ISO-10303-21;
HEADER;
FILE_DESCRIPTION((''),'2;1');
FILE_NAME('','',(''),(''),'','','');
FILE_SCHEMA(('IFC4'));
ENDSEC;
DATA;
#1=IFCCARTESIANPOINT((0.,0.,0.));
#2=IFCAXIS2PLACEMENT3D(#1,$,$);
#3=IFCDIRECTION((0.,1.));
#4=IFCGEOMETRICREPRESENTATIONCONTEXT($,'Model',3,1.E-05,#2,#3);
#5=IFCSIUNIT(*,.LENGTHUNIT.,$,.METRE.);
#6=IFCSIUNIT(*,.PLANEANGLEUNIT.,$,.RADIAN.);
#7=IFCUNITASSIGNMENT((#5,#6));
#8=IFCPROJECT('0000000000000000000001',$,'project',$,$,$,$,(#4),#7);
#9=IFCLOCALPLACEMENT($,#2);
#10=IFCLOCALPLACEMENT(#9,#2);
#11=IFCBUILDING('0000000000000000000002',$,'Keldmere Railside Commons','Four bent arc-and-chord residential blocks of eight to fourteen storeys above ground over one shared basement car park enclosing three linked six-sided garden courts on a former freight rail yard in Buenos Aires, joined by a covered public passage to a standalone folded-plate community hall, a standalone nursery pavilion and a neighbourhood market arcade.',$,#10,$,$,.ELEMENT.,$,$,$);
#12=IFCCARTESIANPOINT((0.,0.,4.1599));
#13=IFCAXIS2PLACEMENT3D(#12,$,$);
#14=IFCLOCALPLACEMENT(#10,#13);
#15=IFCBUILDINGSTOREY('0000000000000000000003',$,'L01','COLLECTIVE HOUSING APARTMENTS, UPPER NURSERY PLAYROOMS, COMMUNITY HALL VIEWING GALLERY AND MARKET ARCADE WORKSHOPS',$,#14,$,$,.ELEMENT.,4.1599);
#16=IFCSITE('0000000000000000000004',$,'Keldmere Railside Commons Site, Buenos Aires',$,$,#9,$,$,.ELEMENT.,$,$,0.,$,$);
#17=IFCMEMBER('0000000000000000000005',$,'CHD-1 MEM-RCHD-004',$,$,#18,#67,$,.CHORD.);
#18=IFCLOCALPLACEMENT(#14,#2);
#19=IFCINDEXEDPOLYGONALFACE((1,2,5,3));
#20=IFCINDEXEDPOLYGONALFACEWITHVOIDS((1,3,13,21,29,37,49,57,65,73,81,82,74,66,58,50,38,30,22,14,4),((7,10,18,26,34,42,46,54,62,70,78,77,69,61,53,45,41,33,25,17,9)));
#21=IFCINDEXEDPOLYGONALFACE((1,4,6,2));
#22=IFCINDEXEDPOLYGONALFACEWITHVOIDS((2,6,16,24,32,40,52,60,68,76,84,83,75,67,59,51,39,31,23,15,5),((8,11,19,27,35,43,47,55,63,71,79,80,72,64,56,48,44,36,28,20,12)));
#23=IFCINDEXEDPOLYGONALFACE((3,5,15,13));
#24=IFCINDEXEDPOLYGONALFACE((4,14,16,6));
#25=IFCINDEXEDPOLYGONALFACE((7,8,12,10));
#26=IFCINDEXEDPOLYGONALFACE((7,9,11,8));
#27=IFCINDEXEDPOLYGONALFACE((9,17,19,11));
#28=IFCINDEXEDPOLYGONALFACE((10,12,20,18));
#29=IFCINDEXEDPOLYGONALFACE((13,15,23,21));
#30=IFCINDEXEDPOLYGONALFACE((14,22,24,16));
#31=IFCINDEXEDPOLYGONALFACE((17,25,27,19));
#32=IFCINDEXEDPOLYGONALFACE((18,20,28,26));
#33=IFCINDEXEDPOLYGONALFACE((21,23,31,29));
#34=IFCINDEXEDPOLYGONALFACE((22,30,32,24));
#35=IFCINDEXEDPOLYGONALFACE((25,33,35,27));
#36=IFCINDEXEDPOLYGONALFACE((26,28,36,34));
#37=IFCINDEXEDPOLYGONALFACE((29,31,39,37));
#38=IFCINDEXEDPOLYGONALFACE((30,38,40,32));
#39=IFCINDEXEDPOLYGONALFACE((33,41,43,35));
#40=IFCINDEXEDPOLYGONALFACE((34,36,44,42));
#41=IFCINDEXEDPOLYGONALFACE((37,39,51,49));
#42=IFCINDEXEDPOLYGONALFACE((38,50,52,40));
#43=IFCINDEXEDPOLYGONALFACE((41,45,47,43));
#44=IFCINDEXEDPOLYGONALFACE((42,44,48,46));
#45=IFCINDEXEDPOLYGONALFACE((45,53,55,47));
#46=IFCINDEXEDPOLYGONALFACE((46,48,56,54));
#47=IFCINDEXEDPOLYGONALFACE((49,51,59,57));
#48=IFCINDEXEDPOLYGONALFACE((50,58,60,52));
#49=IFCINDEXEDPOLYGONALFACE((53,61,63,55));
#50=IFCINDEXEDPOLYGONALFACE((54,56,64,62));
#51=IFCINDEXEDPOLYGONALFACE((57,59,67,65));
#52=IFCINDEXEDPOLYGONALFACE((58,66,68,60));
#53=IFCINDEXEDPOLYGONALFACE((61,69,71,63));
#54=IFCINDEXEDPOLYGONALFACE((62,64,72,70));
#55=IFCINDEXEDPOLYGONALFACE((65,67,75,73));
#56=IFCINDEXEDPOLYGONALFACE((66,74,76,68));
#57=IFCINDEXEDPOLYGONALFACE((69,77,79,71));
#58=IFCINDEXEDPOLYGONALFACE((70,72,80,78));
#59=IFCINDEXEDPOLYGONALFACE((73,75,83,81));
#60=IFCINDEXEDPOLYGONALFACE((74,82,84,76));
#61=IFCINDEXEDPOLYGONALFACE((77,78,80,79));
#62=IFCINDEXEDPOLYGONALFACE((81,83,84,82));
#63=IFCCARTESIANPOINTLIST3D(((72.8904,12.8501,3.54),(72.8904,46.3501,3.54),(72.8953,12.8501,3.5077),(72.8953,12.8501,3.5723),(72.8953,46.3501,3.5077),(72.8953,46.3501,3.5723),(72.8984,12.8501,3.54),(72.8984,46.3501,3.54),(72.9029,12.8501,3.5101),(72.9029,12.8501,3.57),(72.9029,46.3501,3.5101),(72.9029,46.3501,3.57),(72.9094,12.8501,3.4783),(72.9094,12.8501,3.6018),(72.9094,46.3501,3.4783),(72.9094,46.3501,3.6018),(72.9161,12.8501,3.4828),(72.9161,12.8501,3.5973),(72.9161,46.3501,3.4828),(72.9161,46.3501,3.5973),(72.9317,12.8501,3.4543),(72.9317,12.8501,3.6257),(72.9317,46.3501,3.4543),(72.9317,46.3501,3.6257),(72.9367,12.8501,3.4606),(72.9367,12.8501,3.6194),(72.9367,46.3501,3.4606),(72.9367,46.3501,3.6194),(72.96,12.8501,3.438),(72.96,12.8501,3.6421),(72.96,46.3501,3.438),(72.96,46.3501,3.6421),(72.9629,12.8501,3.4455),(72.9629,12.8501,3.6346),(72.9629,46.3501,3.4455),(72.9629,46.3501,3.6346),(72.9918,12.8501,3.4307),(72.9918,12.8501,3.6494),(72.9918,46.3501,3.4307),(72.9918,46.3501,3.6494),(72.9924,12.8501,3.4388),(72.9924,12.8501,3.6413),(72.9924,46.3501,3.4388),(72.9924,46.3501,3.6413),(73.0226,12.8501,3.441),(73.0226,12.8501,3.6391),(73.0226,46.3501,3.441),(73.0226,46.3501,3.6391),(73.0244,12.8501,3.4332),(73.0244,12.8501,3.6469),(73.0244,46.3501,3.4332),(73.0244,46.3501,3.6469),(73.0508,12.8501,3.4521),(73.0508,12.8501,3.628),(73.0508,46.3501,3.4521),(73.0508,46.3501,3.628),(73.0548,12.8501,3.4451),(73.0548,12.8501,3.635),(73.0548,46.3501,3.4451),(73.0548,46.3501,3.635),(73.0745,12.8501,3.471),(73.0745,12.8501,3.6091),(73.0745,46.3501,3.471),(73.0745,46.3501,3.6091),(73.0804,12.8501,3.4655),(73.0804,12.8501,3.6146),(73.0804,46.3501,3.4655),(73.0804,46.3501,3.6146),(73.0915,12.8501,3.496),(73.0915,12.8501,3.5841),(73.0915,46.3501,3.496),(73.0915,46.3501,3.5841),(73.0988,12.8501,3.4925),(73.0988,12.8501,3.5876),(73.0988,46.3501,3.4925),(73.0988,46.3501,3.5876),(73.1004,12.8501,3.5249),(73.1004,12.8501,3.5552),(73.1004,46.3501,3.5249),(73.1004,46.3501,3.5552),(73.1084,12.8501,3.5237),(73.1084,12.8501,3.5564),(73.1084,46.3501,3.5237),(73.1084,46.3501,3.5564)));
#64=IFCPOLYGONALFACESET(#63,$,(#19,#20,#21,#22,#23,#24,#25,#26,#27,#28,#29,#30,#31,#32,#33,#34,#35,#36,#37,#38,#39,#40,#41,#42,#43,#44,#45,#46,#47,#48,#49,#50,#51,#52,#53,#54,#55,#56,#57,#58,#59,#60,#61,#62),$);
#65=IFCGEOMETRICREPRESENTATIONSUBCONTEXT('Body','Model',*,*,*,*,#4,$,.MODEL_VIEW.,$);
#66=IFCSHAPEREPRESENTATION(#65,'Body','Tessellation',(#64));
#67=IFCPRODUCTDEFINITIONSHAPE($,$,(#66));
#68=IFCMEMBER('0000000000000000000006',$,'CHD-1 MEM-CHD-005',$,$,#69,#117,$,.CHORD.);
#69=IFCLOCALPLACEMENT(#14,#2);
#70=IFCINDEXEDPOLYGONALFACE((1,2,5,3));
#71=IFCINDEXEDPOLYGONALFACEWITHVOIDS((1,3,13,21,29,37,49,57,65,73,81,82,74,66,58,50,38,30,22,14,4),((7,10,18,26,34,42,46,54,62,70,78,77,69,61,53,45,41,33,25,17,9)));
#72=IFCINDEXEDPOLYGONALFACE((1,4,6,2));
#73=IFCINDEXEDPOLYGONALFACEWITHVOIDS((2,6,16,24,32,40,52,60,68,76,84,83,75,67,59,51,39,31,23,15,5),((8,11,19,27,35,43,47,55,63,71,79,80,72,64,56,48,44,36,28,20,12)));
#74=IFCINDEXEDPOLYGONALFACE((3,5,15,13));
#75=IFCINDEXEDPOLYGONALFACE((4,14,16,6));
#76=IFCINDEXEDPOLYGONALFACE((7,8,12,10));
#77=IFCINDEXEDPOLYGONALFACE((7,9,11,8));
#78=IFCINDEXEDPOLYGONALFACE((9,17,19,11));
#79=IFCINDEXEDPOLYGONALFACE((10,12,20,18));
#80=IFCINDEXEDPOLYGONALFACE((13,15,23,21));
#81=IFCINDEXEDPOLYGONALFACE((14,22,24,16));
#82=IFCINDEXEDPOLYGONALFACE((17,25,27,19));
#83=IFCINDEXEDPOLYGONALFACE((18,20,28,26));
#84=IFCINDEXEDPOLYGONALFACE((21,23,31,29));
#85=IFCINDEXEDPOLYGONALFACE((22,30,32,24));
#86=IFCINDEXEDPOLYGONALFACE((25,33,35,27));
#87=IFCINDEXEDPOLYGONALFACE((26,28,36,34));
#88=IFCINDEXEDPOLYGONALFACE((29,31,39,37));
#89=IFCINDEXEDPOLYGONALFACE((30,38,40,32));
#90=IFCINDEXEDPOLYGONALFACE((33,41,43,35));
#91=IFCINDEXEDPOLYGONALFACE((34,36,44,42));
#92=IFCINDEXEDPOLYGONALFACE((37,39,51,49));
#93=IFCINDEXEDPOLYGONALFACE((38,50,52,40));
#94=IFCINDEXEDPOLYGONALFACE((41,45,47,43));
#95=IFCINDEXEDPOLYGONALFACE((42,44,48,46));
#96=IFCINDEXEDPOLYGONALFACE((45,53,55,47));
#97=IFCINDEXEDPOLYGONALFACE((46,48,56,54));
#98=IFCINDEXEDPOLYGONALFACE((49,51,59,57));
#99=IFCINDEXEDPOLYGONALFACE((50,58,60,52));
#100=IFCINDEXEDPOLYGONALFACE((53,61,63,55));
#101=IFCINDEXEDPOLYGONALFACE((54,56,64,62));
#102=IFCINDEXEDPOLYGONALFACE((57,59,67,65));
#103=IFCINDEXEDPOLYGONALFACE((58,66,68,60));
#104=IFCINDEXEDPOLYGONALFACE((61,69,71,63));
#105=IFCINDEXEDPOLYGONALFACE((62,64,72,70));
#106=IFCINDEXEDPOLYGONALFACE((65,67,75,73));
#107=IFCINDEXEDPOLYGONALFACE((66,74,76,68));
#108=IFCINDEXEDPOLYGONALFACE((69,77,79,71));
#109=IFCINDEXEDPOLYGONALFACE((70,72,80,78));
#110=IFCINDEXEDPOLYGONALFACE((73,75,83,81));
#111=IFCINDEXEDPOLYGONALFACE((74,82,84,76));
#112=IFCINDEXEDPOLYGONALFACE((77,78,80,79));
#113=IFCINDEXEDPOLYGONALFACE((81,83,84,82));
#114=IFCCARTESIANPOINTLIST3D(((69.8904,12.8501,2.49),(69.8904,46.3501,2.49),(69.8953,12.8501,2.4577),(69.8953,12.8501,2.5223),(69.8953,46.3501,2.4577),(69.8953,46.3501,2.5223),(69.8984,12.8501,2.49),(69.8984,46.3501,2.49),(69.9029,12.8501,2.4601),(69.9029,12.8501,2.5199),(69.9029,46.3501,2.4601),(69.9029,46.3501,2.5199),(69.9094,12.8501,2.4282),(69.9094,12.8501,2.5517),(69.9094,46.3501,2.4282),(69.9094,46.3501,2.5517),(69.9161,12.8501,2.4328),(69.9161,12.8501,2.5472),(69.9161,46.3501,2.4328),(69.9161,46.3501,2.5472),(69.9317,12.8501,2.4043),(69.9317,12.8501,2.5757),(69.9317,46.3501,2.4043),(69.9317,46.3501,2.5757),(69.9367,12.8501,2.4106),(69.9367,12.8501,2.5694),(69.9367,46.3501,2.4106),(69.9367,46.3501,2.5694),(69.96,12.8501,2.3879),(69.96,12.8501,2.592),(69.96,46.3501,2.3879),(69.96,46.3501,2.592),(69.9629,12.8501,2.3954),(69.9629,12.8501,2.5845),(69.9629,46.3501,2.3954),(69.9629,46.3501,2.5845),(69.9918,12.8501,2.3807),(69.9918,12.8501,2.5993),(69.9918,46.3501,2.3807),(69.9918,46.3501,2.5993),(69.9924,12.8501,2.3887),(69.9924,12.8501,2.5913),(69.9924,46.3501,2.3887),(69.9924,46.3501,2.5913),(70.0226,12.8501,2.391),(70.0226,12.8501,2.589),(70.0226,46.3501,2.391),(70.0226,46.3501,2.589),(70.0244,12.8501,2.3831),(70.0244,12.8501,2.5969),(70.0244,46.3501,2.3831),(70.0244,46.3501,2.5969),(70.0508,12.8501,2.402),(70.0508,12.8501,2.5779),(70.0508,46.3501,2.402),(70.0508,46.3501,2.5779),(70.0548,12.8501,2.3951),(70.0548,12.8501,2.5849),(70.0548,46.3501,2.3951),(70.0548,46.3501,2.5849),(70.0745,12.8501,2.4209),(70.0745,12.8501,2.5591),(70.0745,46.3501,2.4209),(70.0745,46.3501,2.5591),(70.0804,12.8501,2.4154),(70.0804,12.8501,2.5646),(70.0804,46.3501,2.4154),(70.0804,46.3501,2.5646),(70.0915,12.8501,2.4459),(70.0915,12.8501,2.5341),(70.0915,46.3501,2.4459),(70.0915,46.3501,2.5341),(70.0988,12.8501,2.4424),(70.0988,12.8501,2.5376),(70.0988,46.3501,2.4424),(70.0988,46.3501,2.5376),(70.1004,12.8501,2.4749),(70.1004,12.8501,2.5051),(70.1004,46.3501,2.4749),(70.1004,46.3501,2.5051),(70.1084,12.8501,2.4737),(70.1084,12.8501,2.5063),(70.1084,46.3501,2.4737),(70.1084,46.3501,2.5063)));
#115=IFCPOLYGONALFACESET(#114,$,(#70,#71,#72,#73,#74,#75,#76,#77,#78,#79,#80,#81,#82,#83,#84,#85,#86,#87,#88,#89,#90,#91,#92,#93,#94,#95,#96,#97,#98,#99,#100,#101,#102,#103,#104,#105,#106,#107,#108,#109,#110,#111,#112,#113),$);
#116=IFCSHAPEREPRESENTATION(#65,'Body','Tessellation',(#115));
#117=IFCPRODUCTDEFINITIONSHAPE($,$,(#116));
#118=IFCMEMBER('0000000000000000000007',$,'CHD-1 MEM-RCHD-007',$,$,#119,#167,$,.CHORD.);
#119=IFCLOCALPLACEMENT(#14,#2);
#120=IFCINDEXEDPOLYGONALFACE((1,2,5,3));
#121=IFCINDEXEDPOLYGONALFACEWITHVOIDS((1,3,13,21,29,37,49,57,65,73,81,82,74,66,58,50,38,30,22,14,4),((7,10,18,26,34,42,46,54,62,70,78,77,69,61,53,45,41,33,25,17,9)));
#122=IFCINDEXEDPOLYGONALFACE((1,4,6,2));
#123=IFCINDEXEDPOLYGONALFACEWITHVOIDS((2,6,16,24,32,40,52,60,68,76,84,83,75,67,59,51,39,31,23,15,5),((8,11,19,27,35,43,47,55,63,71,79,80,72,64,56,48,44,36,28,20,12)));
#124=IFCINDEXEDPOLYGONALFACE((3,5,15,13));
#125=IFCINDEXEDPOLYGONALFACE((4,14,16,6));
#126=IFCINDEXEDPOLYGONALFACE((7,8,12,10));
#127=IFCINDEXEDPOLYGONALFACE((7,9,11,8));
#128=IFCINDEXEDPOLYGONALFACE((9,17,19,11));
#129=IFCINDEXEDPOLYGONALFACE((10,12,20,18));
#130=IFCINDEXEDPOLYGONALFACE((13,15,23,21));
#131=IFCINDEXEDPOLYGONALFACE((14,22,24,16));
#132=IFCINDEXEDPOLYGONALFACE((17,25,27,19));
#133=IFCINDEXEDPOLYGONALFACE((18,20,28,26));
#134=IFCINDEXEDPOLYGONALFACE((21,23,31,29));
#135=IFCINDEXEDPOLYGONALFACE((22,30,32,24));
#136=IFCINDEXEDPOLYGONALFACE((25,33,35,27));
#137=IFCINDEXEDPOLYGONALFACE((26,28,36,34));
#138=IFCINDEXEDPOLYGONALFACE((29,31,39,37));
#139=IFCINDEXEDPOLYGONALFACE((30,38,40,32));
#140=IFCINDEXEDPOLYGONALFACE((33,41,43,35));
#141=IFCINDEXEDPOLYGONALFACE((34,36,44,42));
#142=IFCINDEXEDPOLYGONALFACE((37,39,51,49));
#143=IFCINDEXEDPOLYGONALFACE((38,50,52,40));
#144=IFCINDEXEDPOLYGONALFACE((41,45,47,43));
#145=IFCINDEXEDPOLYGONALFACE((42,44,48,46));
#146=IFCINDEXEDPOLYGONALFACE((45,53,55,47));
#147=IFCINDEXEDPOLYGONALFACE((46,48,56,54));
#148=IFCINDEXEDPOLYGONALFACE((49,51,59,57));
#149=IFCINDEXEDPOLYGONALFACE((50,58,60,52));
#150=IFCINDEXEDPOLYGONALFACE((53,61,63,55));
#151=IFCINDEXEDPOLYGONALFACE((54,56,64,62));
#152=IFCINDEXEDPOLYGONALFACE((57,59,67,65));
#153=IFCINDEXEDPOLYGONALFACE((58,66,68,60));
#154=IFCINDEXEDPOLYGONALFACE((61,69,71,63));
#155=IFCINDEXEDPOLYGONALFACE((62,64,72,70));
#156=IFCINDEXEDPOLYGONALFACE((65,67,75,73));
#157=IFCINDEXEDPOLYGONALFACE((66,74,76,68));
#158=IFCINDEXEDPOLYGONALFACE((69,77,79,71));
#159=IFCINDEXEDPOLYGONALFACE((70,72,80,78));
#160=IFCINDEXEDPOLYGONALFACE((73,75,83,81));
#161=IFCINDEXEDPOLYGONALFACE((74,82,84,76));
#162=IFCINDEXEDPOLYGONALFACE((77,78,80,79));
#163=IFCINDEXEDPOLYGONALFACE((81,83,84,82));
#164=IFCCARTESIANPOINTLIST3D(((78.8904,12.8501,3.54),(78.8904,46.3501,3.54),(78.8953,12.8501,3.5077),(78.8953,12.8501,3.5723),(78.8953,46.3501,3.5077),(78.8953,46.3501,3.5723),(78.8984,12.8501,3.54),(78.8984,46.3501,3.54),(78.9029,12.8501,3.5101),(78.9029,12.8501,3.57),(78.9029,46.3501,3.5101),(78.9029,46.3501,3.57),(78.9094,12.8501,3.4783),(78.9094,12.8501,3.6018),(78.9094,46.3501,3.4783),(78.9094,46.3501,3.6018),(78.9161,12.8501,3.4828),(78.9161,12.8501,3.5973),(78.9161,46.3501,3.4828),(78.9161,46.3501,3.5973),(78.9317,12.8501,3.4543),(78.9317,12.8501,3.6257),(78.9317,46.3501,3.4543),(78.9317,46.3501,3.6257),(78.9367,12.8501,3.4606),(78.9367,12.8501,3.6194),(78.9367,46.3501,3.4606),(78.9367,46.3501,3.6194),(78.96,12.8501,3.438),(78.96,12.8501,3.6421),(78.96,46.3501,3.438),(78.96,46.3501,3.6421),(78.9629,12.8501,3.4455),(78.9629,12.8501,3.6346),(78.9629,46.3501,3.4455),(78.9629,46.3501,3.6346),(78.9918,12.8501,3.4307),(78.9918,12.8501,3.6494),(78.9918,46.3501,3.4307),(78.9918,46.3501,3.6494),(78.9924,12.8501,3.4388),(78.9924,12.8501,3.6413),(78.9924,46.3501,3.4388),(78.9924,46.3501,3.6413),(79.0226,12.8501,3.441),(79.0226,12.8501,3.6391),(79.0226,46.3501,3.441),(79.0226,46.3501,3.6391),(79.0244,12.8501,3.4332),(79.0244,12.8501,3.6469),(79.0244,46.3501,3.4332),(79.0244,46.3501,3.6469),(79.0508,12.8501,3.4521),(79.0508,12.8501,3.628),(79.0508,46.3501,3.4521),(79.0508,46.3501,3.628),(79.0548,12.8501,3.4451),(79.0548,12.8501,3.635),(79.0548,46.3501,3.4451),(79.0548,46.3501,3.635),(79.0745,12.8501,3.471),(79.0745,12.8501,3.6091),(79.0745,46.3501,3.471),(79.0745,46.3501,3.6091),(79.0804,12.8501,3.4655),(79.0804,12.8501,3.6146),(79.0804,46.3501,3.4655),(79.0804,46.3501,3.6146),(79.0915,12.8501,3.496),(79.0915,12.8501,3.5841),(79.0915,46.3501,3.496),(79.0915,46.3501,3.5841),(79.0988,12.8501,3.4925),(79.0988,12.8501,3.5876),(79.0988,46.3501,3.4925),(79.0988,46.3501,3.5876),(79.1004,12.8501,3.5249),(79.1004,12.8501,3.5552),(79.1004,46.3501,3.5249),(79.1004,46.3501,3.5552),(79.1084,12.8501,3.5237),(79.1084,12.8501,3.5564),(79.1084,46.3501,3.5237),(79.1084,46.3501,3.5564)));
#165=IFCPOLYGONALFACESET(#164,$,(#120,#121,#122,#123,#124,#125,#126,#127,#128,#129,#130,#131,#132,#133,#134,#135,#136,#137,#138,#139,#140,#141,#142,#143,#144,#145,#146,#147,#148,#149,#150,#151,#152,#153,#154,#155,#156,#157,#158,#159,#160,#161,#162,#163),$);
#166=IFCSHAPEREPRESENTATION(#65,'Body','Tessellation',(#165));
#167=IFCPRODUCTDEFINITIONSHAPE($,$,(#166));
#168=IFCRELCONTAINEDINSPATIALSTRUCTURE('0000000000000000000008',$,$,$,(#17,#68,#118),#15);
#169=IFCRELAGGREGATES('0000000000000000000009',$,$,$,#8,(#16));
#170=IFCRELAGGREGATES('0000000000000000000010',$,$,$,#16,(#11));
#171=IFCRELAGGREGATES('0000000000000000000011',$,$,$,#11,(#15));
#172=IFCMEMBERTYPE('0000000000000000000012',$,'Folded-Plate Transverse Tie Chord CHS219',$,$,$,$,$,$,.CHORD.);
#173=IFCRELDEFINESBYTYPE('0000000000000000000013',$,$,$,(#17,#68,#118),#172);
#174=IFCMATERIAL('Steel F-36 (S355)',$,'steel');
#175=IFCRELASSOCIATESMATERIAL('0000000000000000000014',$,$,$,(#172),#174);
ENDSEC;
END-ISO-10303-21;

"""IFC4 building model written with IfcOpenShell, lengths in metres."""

from ifc_helpers import new_model, si_unit, direction, frame, origin, origin_2d, place, context, subcontext, project, spatial, hollow_circle, extrude, material, material_profile, profile_set, type_object, element, save


model = new_model("IFC4")

# Units and contexts
model_context = context("Model", 3, precision=1e-05, world=origin(), true_north=direction((0.0, 1.0)))
body_context = subcontext(model_context, "Body", "Model", "MODEL_VIEW")
ifc_project = project(units=[si_unit("LENGTHUNIT", "METRE"), si_unit("PLANEANGLEUNIT", "RADIAN")], contexts=[model_context])

# Site, building, storey
site_placement = place(None, origin())
site = spatial("IfcSite", under=ifc_project, at=site_placement, Name="Keldmere Railside Commons Site, Buenos Aires", CompositionType="ELEMENT", RefElevation=0.0)
building_placement = place(site_placement, origin())
building = spatial("IfcBuilding", under=site, at=building_placement, Name="Keldmere Railside Commons", Description="Four bent arc-and-chord residential blocks of eight to fourteen storeys above ground over one shared basement car park enclosing three linked six-sided garden courts on a former freight rail yard in Buenos Aires, joined by a covered public passage to a standalone folded-plate community hall, a standalone nursery pavilion and a neighbourhood market arcade.", CompositionType="ELEMENT")
storey_placement = place(building_placement, frame((0.0, 0.0, 4.1599)))
storey = spatial("IfcBuildingStorey", under=building, at=storey_placement, Name="L01", Description="COLLECTIVE HOUSING APARTMENTS, UPPER NURSERY PLAYROOMS, COMMUNITY HALL VIEWING GALLERY AND MARKET ARCADE WORKSHOPS", CompositionType="ELEMENT", Elevation=4.1599)

# Shared definitions
ifc_material = material(Name="Steel F-36 (S355)", Category="steel")

# Members
ifc_material_profile_1 = material_profile(ifc_material, hollow_circle(Radius=0.1096, WallThickness=0.0081, at=origin_2d()), Name="CHS-219x8")
ifc_profile_set_1 = profile_set([ifc_material_profile_1], Name="Steel F-36 (S355)")
member_type_1 = type_object("IfcMemberType", Name="Folded-Plate Transverse Tie Chord CHS219", PredefinedType="CHORD", material=ifc_profile_set_1)
for number, where, z_axis, x_axis, name in (
    (1, (73.0, 12.8501, 3.54), (0.0, 1.0, 0.0), (-1.0, 0.0, 0.0), "CHD-1 MEM-RCHD-004"),
    (2, (70.0, 12.8501, 2.49), (0.0, 1.0, 0.0), (-1.0, 0.0, 0.0), "CHD-1 MEM-CHD-005"),
    (3, (79.0, 12.8501, 3.54), (0.0, 1.0, 0.0), (-1.0, 0.0, 0.0), "CHD-1 MEM-RCHD-007"),
):
    element("IfcMember", number, at=place(storey_placement, frame(where, z_axis=z_axis, x_axis=x_axis)), inside=storey, type_object=member_type_1, Name=name, PredefinedType="CHORD", context=body_context, shape_type="SweptSolid", body=[
        extrude(hollow_circle(Radius=0.1096, WallThickness=0.0081, at=origin_2d()), origin(), (0.0, 0.0, 1.0), 33.5),
    ])

save(model, "model.ifc")
